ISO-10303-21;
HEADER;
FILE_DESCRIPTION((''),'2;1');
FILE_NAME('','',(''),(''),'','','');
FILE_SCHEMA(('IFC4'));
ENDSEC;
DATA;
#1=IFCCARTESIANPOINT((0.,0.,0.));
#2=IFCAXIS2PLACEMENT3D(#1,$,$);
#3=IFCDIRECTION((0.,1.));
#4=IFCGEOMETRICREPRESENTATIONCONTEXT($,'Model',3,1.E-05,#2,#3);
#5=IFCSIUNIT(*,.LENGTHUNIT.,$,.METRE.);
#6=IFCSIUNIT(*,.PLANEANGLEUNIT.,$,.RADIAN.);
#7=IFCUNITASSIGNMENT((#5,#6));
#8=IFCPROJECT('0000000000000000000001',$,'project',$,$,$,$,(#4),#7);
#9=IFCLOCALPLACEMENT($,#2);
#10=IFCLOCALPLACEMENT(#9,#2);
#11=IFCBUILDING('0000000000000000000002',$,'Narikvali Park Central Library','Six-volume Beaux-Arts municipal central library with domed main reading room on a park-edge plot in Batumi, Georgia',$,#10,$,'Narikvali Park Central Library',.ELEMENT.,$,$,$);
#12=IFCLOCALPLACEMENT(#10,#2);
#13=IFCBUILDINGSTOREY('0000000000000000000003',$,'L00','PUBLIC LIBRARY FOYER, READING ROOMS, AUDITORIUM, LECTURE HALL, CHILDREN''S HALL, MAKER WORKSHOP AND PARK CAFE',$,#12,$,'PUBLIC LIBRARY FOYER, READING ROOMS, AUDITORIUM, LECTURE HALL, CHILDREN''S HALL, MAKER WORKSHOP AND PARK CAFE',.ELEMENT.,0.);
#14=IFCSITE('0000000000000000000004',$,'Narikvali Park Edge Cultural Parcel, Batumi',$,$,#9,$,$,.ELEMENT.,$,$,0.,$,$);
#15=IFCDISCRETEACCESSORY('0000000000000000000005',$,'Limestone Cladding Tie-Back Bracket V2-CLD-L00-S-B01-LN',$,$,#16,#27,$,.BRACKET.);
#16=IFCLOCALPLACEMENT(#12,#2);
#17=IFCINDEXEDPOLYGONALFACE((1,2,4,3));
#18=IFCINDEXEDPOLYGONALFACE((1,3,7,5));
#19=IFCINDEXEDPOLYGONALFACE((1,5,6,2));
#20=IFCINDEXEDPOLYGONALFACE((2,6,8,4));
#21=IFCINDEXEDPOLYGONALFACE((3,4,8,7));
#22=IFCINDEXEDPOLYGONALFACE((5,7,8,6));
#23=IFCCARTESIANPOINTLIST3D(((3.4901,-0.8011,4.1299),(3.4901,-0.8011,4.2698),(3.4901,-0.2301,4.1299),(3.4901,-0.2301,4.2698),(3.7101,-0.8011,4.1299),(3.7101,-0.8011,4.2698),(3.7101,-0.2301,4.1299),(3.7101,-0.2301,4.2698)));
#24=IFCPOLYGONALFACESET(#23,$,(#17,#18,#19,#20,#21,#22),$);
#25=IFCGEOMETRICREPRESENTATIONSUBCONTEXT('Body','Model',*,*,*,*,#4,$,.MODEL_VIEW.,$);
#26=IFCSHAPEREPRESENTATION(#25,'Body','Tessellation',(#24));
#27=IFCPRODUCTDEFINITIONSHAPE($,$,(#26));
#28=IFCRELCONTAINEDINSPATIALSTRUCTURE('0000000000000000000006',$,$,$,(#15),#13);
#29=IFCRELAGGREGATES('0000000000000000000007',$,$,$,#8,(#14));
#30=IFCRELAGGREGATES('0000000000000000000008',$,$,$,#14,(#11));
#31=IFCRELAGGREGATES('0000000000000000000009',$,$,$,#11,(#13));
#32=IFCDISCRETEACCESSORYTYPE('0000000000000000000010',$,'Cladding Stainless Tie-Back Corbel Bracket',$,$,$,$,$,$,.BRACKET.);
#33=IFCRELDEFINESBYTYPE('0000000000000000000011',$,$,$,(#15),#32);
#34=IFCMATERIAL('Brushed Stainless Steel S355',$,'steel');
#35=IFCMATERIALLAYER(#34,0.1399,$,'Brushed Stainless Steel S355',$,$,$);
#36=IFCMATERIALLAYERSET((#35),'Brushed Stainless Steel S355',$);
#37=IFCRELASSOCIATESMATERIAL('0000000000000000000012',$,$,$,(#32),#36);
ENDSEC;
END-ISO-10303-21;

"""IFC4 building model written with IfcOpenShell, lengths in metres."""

from ifc_helpers import new_model, si_unit, direction, frame, origin, origin_2d, place, context, subcontext, project, spatial, rectangle, extrude, material, layer, layer_set, type_object, element, save


model = new_model("IFC4")

# Units and contexts
model_context = context("Model", 3, precision=1e-05, world=origin(), true_north=direction((0.0, 1.0)))
body_context = subcontext(model_context, "Body", "Model", "MODEL_VIEW")
ifc_project = project(units=[si_unit("LENGTHUNIT", "METRE"), si_unit("PLANEANGLEUNIT", "RADIAN")], contexts=[model_context])

# Site, building, storey
site_placement = place(None, origin())
site = spatial("IfcSite", under=ifc_project, at=site_placement, Name="Narikvali Park Edge Cultural Parcel, Batumi", CompositionType="ELEMENT", RefElevation=0.0)
building_placement = place(site_placement, origin())
building = spatial("IfcBuilding", under=site, at=building_placement, Name="Narikvali Park Central Library", Description="Six-volume Beaux-Arts municipal central library with domed main reading room on a park-edge plot in Batumi, Georgia", LongName="Narikvali Park Central Library", CompositionType="ELEMENT")
storey_placement = place(building_placement, origin())
storey = spatial("IfcBuildingStorey", under=building, at=storey_placement, Name="L00", Description="PUBLIC LIBRARY FOYER, READING ROOMS, AUDITORIUM, LECTURE HALL, CHILDREN'S HALL, MAKER WORKSHOP AND PARK CAFE", LongName="PUBLIC LIBRARY FOYER, READING ROOMS, AUDITORIUM, LECTURE HALL, CHILDREN'S HALL, MAKER WORKSHOP AND PARK CAFE", CompositionType="ELEMENT", Elevation=0.0)

# Shared definitions
ifc_material_1 = material(Name="Brushed Stainless Steel S355", Category="steel")

# Discrete accessory
ifc_layer_1 = layer(ifc_material_1, 0.1399, Name="Brushed Stainless Steel S355")
ifc_layer_set_1 = layer_set([ifc_layer_1], Name="Brushed Stainless Steel S355")
discrete_accessory_type = type_object("IfcDiscreteAccessoryType", Name="Cladding Stainless Tie-Back Corbel Bracket", PredefinedType="BRACKET", material=ifc_layer_set_1)
discrete_accessory_1_placement = place(storey_placement, frame((3.6001, -0.5156, 4.1299), z_axis=(0.0, 0.0, 1.0), x_axis=(1.0, 0.0, 0.0)))
element("IfcDiscreteAccessory", 1, at=discrete_accessory_1_placement, inside=storey, type_object=discrete_accessory_type, Name="Limestone Cladding Tie-Back Bracket V2-CLD-L00-S-B01-LN", PredefinedType="BRACKET", context=body_context, shape_type="SweptSolid", body=[
    extrude(rectangle(XDim=0.22, YDim=0.571, at=origin_2d()), origin(), (0.0, 0.0, 1.0), 0.1399),
])

save(model, "model.ifc")
